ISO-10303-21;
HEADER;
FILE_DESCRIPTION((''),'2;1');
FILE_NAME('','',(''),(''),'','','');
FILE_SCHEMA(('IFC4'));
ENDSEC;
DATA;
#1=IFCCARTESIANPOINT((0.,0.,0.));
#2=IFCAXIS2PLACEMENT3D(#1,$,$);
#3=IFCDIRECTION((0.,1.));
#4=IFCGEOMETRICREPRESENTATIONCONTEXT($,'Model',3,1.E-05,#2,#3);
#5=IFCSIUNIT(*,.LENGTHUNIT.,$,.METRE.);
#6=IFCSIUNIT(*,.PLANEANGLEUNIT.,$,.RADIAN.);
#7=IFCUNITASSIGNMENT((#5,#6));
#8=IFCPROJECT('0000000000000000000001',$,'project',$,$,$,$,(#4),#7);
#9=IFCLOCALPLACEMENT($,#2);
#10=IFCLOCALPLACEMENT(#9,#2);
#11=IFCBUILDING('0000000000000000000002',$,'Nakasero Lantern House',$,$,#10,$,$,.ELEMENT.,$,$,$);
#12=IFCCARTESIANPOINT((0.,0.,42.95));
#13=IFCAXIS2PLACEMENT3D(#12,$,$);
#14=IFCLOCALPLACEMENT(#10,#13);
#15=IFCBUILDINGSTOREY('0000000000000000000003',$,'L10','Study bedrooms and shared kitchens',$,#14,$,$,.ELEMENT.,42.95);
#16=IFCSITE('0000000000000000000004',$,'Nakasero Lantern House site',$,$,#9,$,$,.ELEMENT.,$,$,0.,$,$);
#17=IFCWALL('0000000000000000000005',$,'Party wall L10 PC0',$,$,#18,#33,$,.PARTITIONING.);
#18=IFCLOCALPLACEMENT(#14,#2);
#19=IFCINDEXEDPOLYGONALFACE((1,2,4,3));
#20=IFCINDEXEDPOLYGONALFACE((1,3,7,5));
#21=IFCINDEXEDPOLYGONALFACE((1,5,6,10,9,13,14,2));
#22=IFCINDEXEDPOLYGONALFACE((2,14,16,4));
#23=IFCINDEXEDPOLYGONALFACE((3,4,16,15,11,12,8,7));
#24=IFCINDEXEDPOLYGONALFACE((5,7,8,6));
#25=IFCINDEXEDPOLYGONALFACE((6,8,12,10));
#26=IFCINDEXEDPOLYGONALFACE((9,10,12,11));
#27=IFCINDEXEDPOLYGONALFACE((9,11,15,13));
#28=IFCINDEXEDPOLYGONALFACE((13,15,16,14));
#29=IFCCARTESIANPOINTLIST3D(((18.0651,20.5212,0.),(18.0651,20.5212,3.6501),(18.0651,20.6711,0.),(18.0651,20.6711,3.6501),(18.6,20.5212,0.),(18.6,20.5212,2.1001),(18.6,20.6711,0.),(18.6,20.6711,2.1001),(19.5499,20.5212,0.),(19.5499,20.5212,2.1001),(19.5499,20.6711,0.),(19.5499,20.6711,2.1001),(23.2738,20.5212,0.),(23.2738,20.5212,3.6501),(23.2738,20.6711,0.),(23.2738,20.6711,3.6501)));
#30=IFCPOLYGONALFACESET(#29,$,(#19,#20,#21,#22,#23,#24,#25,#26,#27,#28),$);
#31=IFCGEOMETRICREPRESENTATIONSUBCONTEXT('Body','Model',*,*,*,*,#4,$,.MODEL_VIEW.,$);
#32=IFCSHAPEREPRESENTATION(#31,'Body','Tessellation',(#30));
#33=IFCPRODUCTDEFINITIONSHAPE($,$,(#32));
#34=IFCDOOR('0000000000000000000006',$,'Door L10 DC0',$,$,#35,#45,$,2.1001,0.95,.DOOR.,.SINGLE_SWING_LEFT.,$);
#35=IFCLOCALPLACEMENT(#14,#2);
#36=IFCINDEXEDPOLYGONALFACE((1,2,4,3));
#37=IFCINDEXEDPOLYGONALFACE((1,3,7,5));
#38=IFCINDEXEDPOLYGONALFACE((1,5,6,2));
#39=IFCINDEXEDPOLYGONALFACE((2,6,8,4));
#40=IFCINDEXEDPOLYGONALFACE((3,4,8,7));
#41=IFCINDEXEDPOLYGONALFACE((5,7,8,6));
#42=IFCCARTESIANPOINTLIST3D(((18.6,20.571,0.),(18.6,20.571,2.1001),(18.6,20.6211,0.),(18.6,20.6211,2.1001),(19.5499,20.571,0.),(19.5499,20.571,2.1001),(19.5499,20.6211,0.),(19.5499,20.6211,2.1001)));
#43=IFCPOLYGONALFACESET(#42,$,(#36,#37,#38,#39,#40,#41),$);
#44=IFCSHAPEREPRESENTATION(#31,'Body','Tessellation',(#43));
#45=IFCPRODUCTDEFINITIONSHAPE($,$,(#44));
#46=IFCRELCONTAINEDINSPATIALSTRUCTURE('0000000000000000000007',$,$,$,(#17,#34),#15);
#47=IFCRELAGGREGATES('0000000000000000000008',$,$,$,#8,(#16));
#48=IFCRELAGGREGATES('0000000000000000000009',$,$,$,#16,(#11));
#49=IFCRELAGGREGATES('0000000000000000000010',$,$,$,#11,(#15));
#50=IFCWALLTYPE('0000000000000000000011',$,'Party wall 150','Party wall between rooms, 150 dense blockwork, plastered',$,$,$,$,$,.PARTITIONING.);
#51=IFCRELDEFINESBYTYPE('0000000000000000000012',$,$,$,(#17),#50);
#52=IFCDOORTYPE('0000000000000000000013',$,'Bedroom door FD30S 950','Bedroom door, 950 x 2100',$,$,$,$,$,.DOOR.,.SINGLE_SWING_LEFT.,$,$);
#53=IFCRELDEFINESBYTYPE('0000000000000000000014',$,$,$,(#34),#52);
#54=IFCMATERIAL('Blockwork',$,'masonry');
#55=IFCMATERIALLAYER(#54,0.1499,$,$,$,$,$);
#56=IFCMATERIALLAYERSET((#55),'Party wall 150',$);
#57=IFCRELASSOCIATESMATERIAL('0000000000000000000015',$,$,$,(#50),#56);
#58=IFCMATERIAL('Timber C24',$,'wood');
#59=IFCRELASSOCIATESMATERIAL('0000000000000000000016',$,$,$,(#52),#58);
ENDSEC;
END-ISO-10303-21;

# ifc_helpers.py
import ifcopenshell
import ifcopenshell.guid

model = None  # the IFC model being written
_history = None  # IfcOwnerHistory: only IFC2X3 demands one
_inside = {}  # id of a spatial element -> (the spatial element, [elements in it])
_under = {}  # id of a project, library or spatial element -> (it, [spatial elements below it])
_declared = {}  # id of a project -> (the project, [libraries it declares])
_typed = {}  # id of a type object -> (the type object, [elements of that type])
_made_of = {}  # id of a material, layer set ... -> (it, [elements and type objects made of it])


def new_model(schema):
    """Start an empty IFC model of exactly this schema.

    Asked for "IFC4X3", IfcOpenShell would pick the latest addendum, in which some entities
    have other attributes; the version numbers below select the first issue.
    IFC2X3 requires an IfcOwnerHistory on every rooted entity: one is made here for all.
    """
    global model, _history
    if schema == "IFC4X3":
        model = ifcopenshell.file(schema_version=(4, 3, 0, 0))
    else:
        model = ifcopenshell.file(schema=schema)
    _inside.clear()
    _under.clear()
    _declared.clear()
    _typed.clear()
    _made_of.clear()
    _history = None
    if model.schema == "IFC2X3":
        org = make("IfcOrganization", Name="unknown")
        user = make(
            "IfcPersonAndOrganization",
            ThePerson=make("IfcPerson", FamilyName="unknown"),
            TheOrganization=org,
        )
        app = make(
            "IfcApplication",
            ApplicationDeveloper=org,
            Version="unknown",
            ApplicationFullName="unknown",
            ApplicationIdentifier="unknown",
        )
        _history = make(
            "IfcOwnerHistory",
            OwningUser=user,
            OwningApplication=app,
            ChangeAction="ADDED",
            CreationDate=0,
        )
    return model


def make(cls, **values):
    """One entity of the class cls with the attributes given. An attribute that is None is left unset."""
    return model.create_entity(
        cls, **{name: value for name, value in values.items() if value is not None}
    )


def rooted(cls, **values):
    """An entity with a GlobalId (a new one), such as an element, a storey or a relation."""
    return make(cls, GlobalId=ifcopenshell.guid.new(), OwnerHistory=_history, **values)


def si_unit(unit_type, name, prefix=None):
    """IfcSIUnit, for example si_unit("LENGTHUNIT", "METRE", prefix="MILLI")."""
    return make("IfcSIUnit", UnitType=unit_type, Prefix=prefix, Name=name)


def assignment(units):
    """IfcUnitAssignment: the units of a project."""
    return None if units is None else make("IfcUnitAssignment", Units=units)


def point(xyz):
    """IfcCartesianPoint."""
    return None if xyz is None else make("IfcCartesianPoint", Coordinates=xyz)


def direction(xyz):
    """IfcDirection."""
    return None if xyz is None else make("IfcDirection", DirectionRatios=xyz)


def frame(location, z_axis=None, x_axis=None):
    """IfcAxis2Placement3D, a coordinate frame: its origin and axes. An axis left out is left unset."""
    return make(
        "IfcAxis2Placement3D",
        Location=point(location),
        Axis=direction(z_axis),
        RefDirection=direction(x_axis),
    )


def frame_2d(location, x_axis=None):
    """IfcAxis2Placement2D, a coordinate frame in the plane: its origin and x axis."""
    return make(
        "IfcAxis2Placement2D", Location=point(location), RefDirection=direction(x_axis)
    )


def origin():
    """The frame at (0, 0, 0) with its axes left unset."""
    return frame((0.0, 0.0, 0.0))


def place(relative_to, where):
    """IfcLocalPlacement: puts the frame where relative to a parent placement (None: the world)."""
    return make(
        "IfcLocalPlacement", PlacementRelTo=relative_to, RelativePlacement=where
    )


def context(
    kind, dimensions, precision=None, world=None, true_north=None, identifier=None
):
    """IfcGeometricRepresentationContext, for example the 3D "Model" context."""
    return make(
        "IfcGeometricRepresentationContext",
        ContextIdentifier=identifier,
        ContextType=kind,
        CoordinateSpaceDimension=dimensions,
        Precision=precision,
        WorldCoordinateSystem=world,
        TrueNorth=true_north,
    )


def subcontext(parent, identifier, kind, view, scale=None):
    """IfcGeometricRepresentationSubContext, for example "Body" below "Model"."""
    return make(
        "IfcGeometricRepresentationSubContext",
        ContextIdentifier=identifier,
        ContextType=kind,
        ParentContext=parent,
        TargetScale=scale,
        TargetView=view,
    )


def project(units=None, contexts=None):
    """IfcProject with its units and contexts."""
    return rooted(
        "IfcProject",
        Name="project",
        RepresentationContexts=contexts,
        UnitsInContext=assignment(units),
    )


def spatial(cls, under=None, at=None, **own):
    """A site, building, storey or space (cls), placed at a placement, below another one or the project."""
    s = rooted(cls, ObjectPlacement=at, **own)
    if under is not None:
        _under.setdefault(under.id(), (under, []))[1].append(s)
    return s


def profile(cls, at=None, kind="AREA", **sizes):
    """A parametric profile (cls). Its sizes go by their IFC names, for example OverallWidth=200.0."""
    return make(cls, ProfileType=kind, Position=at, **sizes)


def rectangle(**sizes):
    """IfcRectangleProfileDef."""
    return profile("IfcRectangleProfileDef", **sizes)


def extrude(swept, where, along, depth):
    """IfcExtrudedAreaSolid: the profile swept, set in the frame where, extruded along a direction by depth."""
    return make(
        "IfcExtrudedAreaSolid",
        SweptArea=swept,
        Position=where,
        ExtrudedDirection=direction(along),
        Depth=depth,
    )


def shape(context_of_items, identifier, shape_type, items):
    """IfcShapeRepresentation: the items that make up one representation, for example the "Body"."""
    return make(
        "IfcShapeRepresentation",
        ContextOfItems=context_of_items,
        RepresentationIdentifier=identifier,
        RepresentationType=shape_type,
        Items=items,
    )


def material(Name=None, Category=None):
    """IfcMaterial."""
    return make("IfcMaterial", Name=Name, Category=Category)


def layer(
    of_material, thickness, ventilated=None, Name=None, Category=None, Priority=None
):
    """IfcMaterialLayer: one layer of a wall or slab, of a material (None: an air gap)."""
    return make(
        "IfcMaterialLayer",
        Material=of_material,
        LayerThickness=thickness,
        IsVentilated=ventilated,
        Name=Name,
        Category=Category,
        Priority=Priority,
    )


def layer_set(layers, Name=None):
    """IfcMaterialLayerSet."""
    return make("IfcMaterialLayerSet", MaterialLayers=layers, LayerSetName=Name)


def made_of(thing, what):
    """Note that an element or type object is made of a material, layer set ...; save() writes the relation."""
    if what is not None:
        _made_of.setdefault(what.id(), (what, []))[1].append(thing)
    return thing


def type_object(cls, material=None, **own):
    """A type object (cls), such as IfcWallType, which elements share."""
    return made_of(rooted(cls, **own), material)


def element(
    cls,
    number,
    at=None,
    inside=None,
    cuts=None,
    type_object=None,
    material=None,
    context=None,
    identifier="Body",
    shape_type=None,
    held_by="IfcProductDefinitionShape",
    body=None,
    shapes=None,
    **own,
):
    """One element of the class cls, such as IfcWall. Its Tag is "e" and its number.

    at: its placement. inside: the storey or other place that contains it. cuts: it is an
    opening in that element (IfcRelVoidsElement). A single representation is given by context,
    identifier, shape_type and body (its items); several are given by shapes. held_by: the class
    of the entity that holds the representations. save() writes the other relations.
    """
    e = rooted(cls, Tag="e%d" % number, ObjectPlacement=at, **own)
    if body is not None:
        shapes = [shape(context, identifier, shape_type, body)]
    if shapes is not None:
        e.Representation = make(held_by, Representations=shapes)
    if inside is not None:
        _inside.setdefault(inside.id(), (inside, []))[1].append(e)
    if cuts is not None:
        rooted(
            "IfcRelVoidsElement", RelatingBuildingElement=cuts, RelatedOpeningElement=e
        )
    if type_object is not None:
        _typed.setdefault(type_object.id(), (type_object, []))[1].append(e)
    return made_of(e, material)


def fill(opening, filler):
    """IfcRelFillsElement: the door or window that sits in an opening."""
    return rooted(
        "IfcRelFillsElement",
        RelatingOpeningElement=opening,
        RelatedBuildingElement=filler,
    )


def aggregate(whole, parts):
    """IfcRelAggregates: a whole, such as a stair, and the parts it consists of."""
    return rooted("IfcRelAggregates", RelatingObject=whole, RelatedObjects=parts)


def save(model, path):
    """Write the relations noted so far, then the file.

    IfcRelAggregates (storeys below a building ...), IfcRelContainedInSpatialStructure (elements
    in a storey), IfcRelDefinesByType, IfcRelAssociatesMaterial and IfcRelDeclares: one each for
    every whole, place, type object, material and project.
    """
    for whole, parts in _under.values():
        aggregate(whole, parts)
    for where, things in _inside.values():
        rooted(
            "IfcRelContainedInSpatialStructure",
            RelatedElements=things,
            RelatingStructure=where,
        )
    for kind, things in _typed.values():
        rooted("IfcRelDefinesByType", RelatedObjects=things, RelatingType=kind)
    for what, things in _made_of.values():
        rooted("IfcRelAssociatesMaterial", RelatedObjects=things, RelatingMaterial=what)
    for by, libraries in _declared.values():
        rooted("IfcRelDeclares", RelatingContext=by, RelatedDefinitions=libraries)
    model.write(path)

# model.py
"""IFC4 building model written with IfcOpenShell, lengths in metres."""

from ifc_helpers import new_model, si_unit, direction, frame, frame_2d, origin, place, context, subcontext, project, spatial, rectangle, extrude, material, layer, layer_set, type_object, element, fill, save


model = new_model("IFC4")

# Units and contexts
model_context = context("Model", 3, precision=1e-05, world=origin(), true_north=direction((0.0, 1.0)))
body_context = subcontext(model_context, "Body", "Model", "MODEL_VIEW")
ifc_project = project(units=[si_unit("LENGTHUNIT", "METRE"), si_unit("PLANEANGLEUNIT", "RADIAN")], contexts=[model_context])

# Site, building, storey
site_placement = place(None, origin())
site = spatial("IfcSite", under=ifc_project, at=site_placement, Name="Nakasero Lantern House site", CompositionType="ELEMENT", RefElevation=0.0)
building_placement = place(site_placement, origin())
building = spatial("IfcBuilding", under=site, at=building_placement, Name="Nakasero Lantern House", CompositionType="ELEMENT")
storey_placement = place(building_placement, frame((0.0, 0.0, 42.95)))
storey = spatial("IfcBuildingStorey", under=building, at=storey_placement, Name="L10", Description="Study bedrooms and shared kitchens", CompositionType="ELEMENT", Elevation=42.95)

# Wall, opening, door
ifc_material_1 = material(Name="Blockwork", Category="masonry")
ifc_layer_1 = layer(ifc_material_1, 0.1499)
ifc_layer_set_1 = layer_set([ifc_layer_1], Name="Party wall 150")
wall_type_1 = type_object("IfcWallType", Name="Party wall 150", Description="Party wall between rooms, 150 dense blockwork, plastered", PredefinedType="PARTITIONING", material=ifc_layer_set_1)
wall_1_placement = place(storey_placement, frame((18.0649, 20.5962, 0.0), z_axis=(0.0, 0.0, 1.0), x_axis=(1.0, 0.0, 0.0)))
wall_1 = element("IfcWall", 1, at=wall_1_placement, inside=storey, type_object=wall_type_1, Name="Party wall L10 PC0", PredefinedType="PARTITIONING", context=body_context, shape_type="SweptSolid", body=[
    extrude(rectangle(XDim=5.2087, YDim=0.1499, at=frame_2d((2.6045, 0.0))), origin(), (0.0, 0.0, 1.0), 3.6501),
])
opening_1_placement = place(wall_1_placement, frame((0.5349, 0.0, 0.0)))
opening_1 = element("IfcOpeningElement", 2, at=opening_1_placement, cuts=wall_1, PredefinedType="OPENING", context=body_context, shape_type="SweptSolid", body=[
    extrude(rectangle(XDim=0.95, YDim=2.1001, at=frame_2d((0.4751, 1.05))), frame((0.0, 0.095, 0.0), z_axis=(0.0, -1.0, 0.0), x_axis=(1.0, 0.0, 0.0)), (0.0, 0.0, 1.0), 0.1899),
])
ifc_material_2 = material(Name="Timber C24", Category="wood")
door_type_1 = type_object("IfcDoorType", Name="Bedroom door FD30S 950", Description="Bedroom door, 950 x 2100", OperationType="SINGLE_SWING_LEFT", PredefinedType="DOOR", material=ifc_material_2)
door_1_placement = place(opening_1_placement, origin())
door_1 = element("IfcDoor", 3, at=door_1_placement, inside=storey, type_object=door_type_1, Name="Door L10 DC0", OperationType="SINGLE_SWING_LEFT", OverallHeight=2.1001, OverallWidth=0.95, PredefinedType="DOOR", context=body_context, shape_type="SweptSolid", body=[
    extrude(rectangle(XDim=0.95, YDim=2.1001, at=frame_2d((0.4751, 1.05))), frame((0.0, 0.0249, 0.0), z_axis=(0.0, -1.0, 0.0), x_axis=(1.0, 0.0, 0.0)), (0.0, 0.0, 1.0), 0.05),
])
fill(opening_1, door_1)

save(model, "model.ifc")
